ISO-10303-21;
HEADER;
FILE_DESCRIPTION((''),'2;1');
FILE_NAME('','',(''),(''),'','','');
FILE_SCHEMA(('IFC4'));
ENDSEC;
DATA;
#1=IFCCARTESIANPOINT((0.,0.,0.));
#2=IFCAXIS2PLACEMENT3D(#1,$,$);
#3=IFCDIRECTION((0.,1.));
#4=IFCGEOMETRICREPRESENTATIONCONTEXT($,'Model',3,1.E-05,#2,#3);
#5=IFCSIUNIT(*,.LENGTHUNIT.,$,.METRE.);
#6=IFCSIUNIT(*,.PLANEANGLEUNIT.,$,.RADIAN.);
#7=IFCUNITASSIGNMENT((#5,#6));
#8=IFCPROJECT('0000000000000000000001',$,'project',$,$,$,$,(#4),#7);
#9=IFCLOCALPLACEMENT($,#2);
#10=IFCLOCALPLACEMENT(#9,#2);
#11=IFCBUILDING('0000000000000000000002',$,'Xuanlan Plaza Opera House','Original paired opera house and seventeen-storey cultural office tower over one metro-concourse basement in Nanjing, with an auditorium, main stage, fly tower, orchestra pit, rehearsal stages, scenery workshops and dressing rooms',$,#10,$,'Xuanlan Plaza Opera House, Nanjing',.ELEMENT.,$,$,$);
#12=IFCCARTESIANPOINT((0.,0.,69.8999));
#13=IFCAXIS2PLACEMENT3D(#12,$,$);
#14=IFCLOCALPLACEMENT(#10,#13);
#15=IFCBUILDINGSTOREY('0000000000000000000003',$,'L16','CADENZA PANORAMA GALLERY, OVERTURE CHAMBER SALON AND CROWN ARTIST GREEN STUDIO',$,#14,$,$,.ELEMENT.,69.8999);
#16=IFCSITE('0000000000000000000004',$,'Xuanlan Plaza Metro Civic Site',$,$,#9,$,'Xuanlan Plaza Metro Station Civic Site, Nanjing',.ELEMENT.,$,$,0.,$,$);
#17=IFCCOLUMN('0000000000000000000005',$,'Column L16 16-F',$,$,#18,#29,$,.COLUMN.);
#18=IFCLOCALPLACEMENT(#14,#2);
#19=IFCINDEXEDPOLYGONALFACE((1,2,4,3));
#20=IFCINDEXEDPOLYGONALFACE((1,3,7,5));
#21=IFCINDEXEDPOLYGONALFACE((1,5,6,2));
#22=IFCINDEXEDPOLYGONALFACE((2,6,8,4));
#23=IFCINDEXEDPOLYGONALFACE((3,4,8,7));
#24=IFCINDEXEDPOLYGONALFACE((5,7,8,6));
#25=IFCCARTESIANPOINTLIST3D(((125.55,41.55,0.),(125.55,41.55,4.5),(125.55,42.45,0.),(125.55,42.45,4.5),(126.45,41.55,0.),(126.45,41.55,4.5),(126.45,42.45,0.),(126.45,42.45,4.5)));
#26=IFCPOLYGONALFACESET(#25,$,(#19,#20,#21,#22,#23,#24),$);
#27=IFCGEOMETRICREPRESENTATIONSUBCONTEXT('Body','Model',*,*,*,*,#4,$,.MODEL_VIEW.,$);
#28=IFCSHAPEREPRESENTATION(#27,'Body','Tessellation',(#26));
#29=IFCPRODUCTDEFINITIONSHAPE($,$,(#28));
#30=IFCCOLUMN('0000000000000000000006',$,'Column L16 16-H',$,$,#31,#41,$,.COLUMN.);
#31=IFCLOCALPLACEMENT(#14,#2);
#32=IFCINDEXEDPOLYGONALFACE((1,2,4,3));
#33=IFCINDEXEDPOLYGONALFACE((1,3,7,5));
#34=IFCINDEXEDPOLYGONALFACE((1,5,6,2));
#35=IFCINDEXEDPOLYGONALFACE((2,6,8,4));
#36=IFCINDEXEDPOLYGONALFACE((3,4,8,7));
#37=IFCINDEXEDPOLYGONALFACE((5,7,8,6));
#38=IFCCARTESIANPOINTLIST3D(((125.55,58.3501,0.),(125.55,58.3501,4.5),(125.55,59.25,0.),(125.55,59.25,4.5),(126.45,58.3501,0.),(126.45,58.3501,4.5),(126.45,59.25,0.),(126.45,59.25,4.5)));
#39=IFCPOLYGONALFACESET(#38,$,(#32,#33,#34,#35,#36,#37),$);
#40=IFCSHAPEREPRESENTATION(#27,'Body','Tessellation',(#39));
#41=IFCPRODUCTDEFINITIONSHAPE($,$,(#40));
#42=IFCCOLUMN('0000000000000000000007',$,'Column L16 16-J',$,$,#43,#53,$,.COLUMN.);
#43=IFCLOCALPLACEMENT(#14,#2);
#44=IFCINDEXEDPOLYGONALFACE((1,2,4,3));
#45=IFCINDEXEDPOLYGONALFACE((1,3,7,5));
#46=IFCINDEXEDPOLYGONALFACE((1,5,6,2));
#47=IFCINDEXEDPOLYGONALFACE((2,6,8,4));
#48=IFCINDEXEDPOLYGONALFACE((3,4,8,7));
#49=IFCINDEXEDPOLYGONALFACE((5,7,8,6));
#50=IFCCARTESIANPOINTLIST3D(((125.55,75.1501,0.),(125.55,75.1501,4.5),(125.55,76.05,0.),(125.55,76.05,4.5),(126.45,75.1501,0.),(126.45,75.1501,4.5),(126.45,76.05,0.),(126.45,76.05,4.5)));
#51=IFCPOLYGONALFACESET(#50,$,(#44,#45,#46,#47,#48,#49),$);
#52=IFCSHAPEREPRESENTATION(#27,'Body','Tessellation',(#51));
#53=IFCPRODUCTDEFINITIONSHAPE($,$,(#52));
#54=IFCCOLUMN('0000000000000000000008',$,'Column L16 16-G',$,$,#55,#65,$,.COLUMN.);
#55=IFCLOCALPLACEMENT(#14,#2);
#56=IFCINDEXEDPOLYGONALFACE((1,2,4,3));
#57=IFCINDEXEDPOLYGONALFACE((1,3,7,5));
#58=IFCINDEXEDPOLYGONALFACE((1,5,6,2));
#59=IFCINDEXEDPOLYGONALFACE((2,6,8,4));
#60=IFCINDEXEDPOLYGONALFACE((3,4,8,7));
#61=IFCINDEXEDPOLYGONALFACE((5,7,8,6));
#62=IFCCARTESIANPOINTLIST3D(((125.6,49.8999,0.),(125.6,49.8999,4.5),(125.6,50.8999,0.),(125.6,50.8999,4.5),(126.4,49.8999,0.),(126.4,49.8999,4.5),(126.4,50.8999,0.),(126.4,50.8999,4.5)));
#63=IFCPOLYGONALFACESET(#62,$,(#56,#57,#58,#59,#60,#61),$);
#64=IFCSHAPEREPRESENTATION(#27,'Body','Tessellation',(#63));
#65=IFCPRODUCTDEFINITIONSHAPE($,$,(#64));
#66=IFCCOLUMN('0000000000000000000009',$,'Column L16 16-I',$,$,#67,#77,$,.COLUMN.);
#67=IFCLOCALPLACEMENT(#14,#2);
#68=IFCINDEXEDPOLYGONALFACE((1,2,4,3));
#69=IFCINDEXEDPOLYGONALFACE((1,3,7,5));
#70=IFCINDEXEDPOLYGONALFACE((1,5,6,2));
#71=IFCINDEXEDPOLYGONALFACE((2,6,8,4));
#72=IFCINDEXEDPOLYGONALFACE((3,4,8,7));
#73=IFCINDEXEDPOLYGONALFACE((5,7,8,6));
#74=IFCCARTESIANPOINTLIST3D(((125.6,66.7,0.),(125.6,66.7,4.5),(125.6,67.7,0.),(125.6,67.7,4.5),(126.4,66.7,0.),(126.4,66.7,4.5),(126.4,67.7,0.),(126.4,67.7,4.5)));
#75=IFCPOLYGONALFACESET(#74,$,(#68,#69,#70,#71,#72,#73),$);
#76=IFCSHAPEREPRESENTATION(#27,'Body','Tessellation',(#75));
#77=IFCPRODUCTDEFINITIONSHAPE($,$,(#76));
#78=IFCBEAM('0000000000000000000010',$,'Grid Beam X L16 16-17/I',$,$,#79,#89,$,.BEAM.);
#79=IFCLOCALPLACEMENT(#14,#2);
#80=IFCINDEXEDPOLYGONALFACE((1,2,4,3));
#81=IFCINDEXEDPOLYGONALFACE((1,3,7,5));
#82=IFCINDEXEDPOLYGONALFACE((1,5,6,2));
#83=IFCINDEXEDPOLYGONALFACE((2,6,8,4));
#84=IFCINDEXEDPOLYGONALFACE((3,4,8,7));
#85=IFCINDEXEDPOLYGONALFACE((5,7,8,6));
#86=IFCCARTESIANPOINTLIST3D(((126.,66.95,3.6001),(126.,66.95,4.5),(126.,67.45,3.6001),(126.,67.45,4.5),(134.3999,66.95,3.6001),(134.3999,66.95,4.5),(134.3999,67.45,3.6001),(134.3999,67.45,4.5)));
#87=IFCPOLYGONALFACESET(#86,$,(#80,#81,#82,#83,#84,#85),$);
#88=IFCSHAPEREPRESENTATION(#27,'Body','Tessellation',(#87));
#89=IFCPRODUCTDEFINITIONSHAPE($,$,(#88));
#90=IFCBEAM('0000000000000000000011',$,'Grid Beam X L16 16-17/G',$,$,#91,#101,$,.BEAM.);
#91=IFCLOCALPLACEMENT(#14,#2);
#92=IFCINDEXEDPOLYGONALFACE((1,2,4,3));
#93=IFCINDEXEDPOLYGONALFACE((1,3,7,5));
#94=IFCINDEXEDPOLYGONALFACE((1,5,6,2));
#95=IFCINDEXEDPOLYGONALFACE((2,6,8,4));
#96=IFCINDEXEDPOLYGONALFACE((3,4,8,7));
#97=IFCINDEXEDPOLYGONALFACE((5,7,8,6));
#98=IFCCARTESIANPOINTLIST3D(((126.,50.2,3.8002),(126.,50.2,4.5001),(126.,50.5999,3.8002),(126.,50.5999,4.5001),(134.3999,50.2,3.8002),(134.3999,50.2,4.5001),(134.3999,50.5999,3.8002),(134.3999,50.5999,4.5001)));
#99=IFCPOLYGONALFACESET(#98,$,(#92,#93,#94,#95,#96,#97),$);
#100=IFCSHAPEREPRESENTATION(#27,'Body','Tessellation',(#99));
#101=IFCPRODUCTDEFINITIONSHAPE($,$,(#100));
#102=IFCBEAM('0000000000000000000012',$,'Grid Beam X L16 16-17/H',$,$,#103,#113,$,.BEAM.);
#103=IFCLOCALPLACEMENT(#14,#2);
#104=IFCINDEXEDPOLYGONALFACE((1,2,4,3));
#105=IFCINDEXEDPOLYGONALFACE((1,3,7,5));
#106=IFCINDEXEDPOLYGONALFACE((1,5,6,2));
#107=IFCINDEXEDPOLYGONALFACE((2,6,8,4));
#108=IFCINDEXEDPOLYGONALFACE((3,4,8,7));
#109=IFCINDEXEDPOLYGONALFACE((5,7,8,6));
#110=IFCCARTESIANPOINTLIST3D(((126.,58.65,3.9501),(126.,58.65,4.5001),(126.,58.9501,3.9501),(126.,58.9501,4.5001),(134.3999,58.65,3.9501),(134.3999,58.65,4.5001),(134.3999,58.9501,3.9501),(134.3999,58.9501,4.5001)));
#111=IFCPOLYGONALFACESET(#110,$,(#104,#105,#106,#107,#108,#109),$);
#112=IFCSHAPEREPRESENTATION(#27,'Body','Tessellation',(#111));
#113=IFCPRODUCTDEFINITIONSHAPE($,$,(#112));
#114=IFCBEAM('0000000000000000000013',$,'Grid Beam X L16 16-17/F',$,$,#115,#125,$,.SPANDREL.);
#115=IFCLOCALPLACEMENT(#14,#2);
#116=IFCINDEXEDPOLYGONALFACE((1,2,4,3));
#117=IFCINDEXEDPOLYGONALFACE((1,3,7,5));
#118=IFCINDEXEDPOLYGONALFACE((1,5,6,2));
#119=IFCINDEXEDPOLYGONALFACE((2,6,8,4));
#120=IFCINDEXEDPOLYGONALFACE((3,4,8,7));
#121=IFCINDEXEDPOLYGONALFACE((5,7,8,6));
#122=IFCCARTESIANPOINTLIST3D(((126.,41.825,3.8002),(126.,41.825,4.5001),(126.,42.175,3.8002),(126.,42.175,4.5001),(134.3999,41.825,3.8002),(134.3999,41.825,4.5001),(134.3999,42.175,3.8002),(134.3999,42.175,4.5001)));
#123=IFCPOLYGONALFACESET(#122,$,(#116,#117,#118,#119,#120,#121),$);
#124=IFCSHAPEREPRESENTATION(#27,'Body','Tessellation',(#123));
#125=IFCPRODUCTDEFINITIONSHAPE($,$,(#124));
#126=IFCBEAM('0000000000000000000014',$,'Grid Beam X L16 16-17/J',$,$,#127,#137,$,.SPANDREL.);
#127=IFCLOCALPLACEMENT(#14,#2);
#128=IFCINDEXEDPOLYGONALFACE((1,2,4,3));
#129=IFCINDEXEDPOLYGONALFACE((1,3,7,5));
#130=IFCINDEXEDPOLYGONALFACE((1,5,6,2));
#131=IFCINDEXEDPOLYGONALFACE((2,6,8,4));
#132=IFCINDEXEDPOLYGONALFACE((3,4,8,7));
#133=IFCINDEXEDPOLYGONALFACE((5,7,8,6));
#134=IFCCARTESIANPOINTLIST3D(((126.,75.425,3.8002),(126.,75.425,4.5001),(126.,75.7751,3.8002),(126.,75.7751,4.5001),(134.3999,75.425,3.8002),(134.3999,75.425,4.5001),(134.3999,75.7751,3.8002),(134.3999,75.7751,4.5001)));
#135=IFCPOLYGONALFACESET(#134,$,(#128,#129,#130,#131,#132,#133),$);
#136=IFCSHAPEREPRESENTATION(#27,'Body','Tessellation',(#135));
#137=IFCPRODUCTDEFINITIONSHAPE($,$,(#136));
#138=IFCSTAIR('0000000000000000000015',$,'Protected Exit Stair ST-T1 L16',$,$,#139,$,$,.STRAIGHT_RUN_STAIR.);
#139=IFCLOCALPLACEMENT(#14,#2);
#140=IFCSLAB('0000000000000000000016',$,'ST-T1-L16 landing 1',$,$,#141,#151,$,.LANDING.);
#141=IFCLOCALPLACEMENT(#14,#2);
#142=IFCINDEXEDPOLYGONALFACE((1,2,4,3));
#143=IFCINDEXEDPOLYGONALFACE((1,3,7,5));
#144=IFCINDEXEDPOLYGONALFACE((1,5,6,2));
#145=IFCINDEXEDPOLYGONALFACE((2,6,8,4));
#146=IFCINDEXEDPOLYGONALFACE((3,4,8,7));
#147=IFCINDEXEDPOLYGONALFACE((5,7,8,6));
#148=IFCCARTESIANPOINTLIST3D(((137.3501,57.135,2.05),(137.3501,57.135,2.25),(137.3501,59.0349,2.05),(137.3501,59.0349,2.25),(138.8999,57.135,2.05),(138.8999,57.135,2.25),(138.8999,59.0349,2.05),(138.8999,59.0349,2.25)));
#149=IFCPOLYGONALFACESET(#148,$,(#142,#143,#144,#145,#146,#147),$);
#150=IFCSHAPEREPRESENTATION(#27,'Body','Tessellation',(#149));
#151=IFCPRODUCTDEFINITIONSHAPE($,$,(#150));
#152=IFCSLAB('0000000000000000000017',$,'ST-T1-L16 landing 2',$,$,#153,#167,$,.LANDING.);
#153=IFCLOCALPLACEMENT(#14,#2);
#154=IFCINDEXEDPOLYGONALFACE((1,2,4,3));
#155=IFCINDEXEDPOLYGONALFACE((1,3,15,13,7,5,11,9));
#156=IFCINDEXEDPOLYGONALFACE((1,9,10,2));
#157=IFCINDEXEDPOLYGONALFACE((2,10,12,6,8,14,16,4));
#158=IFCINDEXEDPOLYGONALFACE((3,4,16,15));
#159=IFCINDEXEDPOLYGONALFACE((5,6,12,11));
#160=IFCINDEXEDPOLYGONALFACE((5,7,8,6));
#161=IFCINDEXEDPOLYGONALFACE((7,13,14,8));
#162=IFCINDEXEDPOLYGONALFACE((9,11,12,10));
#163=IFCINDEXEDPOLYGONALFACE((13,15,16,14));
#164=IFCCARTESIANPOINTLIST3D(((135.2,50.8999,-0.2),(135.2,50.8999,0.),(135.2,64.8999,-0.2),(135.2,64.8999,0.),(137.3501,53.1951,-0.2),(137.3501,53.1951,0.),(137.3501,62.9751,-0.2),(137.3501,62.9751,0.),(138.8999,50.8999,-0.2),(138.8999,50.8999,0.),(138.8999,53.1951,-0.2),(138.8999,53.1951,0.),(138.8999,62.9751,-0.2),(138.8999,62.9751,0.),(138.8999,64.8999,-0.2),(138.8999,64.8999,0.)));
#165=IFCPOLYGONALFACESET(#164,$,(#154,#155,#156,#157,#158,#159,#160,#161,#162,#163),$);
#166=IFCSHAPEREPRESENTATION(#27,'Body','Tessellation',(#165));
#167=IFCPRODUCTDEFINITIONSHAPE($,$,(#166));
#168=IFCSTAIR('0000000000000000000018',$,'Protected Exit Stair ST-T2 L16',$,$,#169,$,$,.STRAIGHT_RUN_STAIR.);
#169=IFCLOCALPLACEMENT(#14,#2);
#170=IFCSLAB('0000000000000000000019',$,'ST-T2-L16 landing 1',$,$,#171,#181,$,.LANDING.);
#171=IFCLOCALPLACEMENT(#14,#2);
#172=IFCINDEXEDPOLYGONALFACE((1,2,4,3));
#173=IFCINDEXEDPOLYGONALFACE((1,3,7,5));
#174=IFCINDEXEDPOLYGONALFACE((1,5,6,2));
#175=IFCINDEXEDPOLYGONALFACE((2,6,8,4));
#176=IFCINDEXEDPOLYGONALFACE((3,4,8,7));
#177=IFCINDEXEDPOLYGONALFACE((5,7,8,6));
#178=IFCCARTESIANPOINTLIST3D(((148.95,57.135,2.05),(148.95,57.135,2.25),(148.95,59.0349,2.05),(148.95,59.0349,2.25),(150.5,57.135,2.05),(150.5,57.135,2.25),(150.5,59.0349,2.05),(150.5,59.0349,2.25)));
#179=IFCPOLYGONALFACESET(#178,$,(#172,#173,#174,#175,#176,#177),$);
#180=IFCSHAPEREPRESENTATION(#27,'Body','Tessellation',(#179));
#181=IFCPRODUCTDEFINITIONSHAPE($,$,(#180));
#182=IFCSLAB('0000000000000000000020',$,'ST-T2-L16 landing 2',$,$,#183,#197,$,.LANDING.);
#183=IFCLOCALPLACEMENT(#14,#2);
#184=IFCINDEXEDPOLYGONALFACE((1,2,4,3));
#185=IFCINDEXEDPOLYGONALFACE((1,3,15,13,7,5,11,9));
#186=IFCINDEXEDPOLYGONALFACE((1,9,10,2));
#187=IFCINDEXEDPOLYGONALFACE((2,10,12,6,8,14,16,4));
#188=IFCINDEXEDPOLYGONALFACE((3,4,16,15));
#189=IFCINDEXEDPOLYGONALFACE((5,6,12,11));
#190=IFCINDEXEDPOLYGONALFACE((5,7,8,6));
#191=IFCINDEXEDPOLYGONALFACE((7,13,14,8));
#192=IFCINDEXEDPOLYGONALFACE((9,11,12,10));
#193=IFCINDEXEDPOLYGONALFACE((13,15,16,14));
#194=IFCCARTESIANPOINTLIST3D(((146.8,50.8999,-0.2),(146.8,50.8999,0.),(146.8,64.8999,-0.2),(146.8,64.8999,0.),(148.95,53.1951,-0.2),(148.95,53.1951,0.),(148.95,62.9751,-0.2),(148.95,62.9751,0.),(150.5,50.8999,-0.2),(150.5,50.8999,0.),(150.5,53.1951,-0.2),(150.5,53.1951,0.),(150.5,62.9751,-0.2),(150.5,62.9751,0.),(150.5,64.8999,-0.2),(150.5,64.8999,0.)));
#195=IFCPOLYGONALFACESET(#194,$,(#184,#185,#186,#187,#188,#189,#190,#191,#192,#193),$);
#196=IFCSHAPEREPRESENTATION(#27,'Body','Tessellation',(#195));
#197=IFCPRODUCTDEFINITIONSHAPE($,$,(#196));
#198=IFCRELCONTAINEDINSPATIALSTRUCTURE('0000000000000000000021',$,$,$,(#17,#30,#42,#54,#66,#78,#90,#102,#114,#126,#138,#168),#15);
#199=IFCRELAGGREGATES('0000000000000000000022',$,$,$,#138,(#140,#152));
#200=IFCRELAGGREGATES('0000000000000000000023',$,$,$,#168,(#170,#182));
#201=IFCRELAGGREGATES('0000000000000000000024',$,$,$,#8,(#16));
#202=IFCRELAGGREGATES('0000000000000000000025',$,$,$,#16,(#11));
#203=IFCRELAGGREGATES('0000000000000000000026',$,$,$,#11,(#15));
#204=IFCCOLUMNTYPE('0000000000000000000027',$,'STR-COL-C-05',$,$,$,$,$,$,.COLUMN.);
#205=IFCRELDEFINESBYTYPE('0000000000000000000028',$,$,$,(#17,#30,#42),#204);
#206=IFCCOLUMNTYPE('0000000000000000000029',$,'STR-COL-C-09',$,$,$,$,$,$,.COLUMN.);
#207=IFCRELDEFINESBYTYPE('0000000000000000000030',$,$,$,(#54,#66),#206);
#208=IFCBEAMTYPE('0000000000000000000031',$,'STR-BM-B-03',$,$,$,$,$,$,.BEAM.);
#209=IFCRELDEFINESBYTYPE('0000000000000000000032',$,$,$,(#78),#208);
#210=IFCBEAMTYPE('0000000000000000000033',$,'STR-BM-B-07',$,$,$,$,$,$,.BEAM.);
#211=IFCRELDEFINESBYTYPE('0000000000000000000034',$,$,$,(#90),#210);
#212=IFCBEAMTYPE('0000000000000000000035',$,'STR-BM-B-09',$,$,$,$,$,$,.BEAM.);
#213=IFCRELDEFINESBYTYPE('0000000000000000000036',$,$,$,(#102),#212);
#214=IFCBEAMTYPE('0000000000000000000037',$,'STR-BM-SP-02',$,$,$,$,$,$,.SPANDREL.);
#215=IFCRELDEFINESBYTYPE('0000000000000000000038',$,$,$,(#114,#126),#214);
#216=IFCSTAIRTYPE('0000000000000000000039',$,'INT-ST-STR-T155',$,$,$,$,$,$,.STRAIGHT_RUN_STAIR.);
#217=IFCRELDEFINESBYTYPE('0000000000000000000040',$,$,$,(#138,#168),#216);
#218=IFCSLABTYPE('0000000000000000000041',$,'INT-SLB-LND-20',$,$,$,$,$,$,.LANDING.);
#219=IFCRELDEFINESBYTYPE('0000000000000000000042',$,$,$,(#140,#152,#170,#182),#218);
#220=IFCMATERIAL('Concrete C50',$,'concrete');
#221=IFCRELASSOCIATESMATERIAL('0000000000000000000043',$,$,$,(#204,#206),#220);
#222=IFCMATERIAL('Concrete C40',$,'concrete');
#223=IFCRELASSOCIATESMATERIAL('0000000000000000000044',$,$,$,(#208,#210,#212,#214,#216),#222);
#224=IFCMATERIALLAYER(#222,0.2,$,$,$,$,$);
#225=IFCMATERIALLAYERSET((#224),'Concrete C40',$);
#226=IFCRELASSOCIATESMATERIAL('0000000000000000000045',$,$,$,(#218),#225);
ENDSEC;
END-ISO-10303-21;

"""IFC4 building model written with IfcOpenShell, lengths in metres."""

from ifc_helpers import new_model, si_unit, direction, frame, origin, origin_2d, place, context, subcontext, project, spatial, polyline, rectangle, outline, extrude, material, layer, layer_set, material_profile, profile_set, type_object, element, aggregate, save


model = new_model("IFC4")

# Units and contexts
model_context = context("Model", 3, precision=1e-05, world=origin(), true_north=direction((0.0, 1.0)))
body_context = subcontext(model_context, "Body", "Model", "MODEL_VIEW")
ifc_project = project(units=[si_unit("LENGTHUNIT", "METRE"), si_unit("PLANEANGLEUNIT", "RADIAN")], contexts=[model_context])

# Site, building, storey
site_placement = place(None, origin())
site = spatial("IfcSite", under=ifc_project, at=site_placement, Name="Xuanlan Plaza Metro Civic Site", LongName="Xuanlan Plaza Metro Station Civic Site, Nanjing", CompositionType="ELEMENT", RefElevation=0.0)
building_placement = place(site_placement, origin())
building = spatial("IfcBuilding", under=site, at=building_placement, Name="Xuanlan Plaza Opera House", Description="Original paired opera house and seventeen-storey cultural office tower over one metro-concourse basement in Nanjing, with an auditorium, main stage, fly tower, orchestra pit, rehearsal stages, scenery workshops and dressing rooms", LongName="Xuanlan Plaza Opera House, Nanjing", CompositionType="ELEMENT")
storey_placement = place(building_placement, frame((0.0, 0.0, 69.8999)))
storey = spatial("IfcBuildingStorey", under=building, at=storey_placement, Name="L16", Description="CADENZA PANORAMA GALLERY, OVERTURE CHAMBER SALON AND CROWN ARTIST GREEN STUDIO", CompositionType="ELEMENT", Elevation=69.8999)

# Columns
ifc_material_1 = material(Name="Concrete C50", Category="concrete")
ifc_material_profile_1 = material_profile(ifc_material_1, rectangle(XDim=0.8999, YDim=0.8999, at=origin_2d()), Name="RC-COL 900x900")
ifc_profile_set_1 = profile_set([ifc_material_profile_1], Name="Concrete C50")
column_type_1 = type_object("IfcColumnType", Name="STR-COL-C-05", PredefinedType="COLUMN", material=ifc_profile_set_1)
for number, where, z_axis, x_axis, name in (
    (1, (126.0, 42.0, 0.0), (0.0, 0.0, 1.0), (1.0, 0.0, 0.0), "Column L16 16-F"),
    (2, (126.0, 58.8, 0.0), (0.0, 0.0, 1.0), (1.0, 0.0, 0.0), "Column L16 16-H"),
    (3, (126.0, 75.6001, 0.0), (0.0, 0.0, 1.0), (1.0, 0.0, 0.0), "Column L16 16-J"),
):
    element("IfcColumn", number, at=place(storey_placement, frame(where, z_axis=z_axis, x_axis=x_axis)), inside=storey, type_object=column_type_1, Name=name, PredefinedType="COLUMN", context=body_context, shape_type="SweptSolid", body=[
        extrude(rectangle(XDim=0.8999, YDim=0.8999, at=origin_2d()), origin(), (0.0, 0.0, 1.0), 4.5),
    ])
ifc_material_profile_2 = material_profile(ifc_material_1, rectangle(XDim=0.8, YDim=1.0, at=origin_2d()), Name="RC-COL 800x1000")
ifc_profile_set_2 = profile_set([ifc_material_profile_2], Name="Concrete C50")
column_type_2 = type_object("IfcColumnType", Name="STR-COL-C-09", PredefinedType="COLUMN", material=ifc_profile_set_2)
for number, where, z_axis, x_axis, name in (
    (4, (126.0, 50.3999, 0.0), (0.0, 0.0, 1.0), (1.0, 0.0, 0.0), "Column L16 16-G"),
    (5, (126.0, 67.2, 0.0), (0.0, 0.0, 1.0), (1.0, 0.0, 0.0), "Column L16 16-I"),
):
    element("IfcColumn", number, at=place(storey_placement, frame(where, z_axis=z_axis, x_axis=x_axis)), inside=storey, type_object=column_type_2, Name=name, PredefinedType="COLUMN", context=body_context, shape_type="SweptSolid", body=[
        extrude(rectangle(XDim=0.8, YDim=1.0, at=origin_2d()), origin(), (0.0, 0.0, 1.0), 4.5),
    ])

# Beams
ifc_material_2 = material(Name="Concrete C40", Category="concrete")
ifc_material_profile_3 = material_profile(ifc_material_2, rectangle(XDim=0.5, YDim=0.8999, at=origin_2d()), Name="RC-BM 500x900")
ifc_profile_set_3 = profile_set([ifc_material_profile_3], Name="Concrete C40")
beam_type_1 = type_object("IfcBeamType", Name="STR-BM-B-03", PredefinedType="BEAM", material=ifc_profile_set_3)
beam_1_placement = place(storey_placement, frame((126.0, 67.2, 4.05), z_axis=(1.0, 0.0, 0.0), x_axis=(0.0, 1.0, 0.0)))
element("IfcBeam", 6, at=beam_1_placement, inside=storey, type_object=beam_type_1, Name="Grid Beam X L16 16-17/I", PredefinedType="BEAM", context=body_context, shape_type="SweptSolid", body=[
    extrude(rectangle(XDim=0.5, YDim=0.8999, at=origin_2d()), origin(), (0.0, 0.0, 1.0), 8.3999),
])
ifc_material_profile_4 = material_profile(ifc_material_2, rectangle(XDim=0.3999, YDim=0.7, at=origin_2d()), Name="RC-BM 400x700")
ifc_profile_set_4 = profile_set([ifc_material_profile_4], Name="Concrete C40")
beam_type_2 = type_object("IfcBeamType", Name="STR-BM-B-07", PredefinedType="BEAM", material=ifc_profile_set_4)
beam_2_placement = place(storey_placement, frame((126.0, 50.3999, 4.1501), z_axis=(1.0, 0.0, 0.0), x_axis=(0.0, 1.0, 0.0)))
element("IfcBeam", 7, at=beam_2_placement, inside=storey, type_object=beam_type_2, Name="Grid Beam X L16 16-17/G", PredefinedType="BEAM", context=body_context, shape_type="SweptSolid", body=[
    extrude(rectangle(XDim=0.3999, YDim=0.7, at=origin_2d()), origin(), (0.0, 0.0, 1.0), 8.3999),
])
ifc_material_profile_5 = material_profile(ifc_material_2, rectangle(XDim=0.3, YDim=0.55, at=origin_2d()), Name="RC-BM 300x550")
ifc_profile_set_5 = profile_set([ifc_material_profile_5], Name="Concrete C40")
beam_type_3 = type_object("IfcBeamType", Name="STR-BM-B-09", PredefinedType="BEAM", material=ifc_profile_set_5)
beam_3_placement = place(storey_placement, frame((126.0, 58.8, 4.2251), z_axis=(1.0, 0.0, 0.0), x_axis=(0.0, 1.0, 0.0)))
element("IfcBeam", 8, at=beam_3_placement, inside=storey, type_object=beam_type_3, Name="Grid Beam X L16 16-17/H", PredefinedType="BEAM", context=body_context, shape_type="SweptSolid", body=[
    extrude(rectangle(XDim=0.3, YDim=0.55, at=origin_2d()), origin(), (0.0, 0.0, 1.0), 8.3999),
])
ifc_material_profile_6 = material_profile(ifc_material_2, rectangle(XDim=0.3501, YDim=0.7, at=origin_2d()), Name="RC-SPD 350x700")
ifc_profile_set_6 = profile_set([ifc_material_profile_6], Name="Concrete C40")
beam_type_4 = type_object("IfcBeamType", Name="STR-BM-SP-02", PredefinedType="SPANDREL", material=ifc_profile_set_6)
for number, where, z_axis, x_axis, name in (
    (9, (126.0, 42.0, 4.1501), (1.0, 0.0, 0.0), (0.0, 1.0, 0.0), "Grid Beam X L16 16-17/F"),
    (10, (126.0, 75.6001, 4.1501), (1.0, 0.0, 0.0), (0.0, 1.0, 0.0), "Grid Beam X L16 16-17/J"),
):
    element("IfcBeam", number, at=place(storey_placement, frame(where, z_axis=z_axis, x_axis=x_axis)), inside=storey, type_object=beam_type_4, Name=name, PredefinedType="SPANDREL", context=body_context, shape_type="SweptSolid", body=[
        extrude(rectangle(XDim=0.3501, YDim=0.7, at=origin_2d()), origin(), (0.0, 0.0, 1.0), 8.3999),
    ])

# Stairs, slabs
stair_type = type_object("IfcStairType", Name="INT-ST-STR-T155", PredefinedType="STRAIGHT_RUN_STAIR", material=ifc_material_2)
stair_1_placement = place(storey_placement, origin())
stair_1 = element("IfcStair", 11, at=stair_1_placement, inside=storey, type_object=stair_type, Name="Protected Exit Stair ST-T1 L16", PredefinedType="STRAIGHT_RUN_STAIR")
ifc_layer_1 = layer(ifc_material_2, 0.2)
ifc_layer_set_1 = layer_set([ifc_layer_1], Name="Concrete C40")
slab_type_1 = type_object("IfcSlabType", Name="INT-SLB-LND-20", PredefinedType="LANDING", material=ifc_layer_set_1)
slab_1_placement = place(storey_placement, frame((0.0, 0.0, 2.05)))
slab_1 = element("IfcSlab", 12, at=slab_1_placement, type_object=slab_type_1, Name="ST-T1-L16 landing 1", PredefinedType="LANDING", context=body_context, shape_type="SweptSolid", body=[
    extrude(outline(polyline([(137.3501, 57.135), (138.8999, 57.135), (138.8999, 59.0349), (137.3501, 59.0349), (137.3501, 57.135)])), origin(), (0.0, 0.0, 1.0), 0.2),
])
slab_2_placement = place(storey_placement, frame((0.0, 0.0, -0.2)))
slab_2 = element("IfcSlab", 13, at=slab_2_placement, type_object=slab_type_1, Name="ST-T1-L16 landing 2", PredefinedType="LANDING", context=body_context, shape_type="SweptSolid", body=[
    extrude(outline(polyline([(135.2, 50.8999), (138.8999, 50.8999), (138.8999, 53.1951), (137.3501, 53.1951), (137.3501, 62.9751), (138.8999, 62.9751), (138.8999, 64.8999), (135.2, 64.8999), (135.2, 50.8999)])), origin(), (0.0, 0.0, 1.0), 0.2),
])
aggregate(stair_1, [slab_1, slab_2])
stair_2_placement = place(storey_placement, origin())
stair_2 = element("IfcStair", 14, at=stair_2_placement, inside=storey, type_object=stair_type, Name="Protected Exit Stair ST-T2 L16", PredefinedType="STRAIGHT_RUN_STAIR")
slab_3_placement = place(storey_placement, frame((0.0, 0.0, 2.05)))
slab_3 = element("IfcSlab", 15, at=slab_3_placement, type_object=slab_type_1, Name="ST-T2-L16 landing 1", PredefinedType="LANDING", context=body_context, shape_type="SweptSolid", body=[
    extrude(outline(polyline([(148.95, 57.135), (150.5, 57.135), (150.5, 59.0349), (148.95, 59.0349), (148.95, 57.135)])), origin(), (0.0, 0.0, 1.0), 0.2),
])
slab_4_placement = place(storey_placement, frame((0.0, 0.0, -0.2)))
slab_4 = element("IfcSlab", 16, at=slab_4_placement, type_object=slab_type_1, Name="ST-T2-L16 landing 2", PredefinedType="LANDING", context=body_context, shape_type="SweptSolid", body=[
    extrude(outline(polyline([(146.8, 50.8999), (150.5, 50.8999), (150.5, 53.1951), (148.95, 53.1951), (148.95, 62.9751), (150.5, 62.9751), (150.5, 64.8999), (146.8, 64.8999), (146.8, 50.8999)])), origin(), (0.0, 0.0, 1.0), 0.2),
])
aggregate(stair_2, [slab_3, slab_4])

save(model, "model.ifc")
